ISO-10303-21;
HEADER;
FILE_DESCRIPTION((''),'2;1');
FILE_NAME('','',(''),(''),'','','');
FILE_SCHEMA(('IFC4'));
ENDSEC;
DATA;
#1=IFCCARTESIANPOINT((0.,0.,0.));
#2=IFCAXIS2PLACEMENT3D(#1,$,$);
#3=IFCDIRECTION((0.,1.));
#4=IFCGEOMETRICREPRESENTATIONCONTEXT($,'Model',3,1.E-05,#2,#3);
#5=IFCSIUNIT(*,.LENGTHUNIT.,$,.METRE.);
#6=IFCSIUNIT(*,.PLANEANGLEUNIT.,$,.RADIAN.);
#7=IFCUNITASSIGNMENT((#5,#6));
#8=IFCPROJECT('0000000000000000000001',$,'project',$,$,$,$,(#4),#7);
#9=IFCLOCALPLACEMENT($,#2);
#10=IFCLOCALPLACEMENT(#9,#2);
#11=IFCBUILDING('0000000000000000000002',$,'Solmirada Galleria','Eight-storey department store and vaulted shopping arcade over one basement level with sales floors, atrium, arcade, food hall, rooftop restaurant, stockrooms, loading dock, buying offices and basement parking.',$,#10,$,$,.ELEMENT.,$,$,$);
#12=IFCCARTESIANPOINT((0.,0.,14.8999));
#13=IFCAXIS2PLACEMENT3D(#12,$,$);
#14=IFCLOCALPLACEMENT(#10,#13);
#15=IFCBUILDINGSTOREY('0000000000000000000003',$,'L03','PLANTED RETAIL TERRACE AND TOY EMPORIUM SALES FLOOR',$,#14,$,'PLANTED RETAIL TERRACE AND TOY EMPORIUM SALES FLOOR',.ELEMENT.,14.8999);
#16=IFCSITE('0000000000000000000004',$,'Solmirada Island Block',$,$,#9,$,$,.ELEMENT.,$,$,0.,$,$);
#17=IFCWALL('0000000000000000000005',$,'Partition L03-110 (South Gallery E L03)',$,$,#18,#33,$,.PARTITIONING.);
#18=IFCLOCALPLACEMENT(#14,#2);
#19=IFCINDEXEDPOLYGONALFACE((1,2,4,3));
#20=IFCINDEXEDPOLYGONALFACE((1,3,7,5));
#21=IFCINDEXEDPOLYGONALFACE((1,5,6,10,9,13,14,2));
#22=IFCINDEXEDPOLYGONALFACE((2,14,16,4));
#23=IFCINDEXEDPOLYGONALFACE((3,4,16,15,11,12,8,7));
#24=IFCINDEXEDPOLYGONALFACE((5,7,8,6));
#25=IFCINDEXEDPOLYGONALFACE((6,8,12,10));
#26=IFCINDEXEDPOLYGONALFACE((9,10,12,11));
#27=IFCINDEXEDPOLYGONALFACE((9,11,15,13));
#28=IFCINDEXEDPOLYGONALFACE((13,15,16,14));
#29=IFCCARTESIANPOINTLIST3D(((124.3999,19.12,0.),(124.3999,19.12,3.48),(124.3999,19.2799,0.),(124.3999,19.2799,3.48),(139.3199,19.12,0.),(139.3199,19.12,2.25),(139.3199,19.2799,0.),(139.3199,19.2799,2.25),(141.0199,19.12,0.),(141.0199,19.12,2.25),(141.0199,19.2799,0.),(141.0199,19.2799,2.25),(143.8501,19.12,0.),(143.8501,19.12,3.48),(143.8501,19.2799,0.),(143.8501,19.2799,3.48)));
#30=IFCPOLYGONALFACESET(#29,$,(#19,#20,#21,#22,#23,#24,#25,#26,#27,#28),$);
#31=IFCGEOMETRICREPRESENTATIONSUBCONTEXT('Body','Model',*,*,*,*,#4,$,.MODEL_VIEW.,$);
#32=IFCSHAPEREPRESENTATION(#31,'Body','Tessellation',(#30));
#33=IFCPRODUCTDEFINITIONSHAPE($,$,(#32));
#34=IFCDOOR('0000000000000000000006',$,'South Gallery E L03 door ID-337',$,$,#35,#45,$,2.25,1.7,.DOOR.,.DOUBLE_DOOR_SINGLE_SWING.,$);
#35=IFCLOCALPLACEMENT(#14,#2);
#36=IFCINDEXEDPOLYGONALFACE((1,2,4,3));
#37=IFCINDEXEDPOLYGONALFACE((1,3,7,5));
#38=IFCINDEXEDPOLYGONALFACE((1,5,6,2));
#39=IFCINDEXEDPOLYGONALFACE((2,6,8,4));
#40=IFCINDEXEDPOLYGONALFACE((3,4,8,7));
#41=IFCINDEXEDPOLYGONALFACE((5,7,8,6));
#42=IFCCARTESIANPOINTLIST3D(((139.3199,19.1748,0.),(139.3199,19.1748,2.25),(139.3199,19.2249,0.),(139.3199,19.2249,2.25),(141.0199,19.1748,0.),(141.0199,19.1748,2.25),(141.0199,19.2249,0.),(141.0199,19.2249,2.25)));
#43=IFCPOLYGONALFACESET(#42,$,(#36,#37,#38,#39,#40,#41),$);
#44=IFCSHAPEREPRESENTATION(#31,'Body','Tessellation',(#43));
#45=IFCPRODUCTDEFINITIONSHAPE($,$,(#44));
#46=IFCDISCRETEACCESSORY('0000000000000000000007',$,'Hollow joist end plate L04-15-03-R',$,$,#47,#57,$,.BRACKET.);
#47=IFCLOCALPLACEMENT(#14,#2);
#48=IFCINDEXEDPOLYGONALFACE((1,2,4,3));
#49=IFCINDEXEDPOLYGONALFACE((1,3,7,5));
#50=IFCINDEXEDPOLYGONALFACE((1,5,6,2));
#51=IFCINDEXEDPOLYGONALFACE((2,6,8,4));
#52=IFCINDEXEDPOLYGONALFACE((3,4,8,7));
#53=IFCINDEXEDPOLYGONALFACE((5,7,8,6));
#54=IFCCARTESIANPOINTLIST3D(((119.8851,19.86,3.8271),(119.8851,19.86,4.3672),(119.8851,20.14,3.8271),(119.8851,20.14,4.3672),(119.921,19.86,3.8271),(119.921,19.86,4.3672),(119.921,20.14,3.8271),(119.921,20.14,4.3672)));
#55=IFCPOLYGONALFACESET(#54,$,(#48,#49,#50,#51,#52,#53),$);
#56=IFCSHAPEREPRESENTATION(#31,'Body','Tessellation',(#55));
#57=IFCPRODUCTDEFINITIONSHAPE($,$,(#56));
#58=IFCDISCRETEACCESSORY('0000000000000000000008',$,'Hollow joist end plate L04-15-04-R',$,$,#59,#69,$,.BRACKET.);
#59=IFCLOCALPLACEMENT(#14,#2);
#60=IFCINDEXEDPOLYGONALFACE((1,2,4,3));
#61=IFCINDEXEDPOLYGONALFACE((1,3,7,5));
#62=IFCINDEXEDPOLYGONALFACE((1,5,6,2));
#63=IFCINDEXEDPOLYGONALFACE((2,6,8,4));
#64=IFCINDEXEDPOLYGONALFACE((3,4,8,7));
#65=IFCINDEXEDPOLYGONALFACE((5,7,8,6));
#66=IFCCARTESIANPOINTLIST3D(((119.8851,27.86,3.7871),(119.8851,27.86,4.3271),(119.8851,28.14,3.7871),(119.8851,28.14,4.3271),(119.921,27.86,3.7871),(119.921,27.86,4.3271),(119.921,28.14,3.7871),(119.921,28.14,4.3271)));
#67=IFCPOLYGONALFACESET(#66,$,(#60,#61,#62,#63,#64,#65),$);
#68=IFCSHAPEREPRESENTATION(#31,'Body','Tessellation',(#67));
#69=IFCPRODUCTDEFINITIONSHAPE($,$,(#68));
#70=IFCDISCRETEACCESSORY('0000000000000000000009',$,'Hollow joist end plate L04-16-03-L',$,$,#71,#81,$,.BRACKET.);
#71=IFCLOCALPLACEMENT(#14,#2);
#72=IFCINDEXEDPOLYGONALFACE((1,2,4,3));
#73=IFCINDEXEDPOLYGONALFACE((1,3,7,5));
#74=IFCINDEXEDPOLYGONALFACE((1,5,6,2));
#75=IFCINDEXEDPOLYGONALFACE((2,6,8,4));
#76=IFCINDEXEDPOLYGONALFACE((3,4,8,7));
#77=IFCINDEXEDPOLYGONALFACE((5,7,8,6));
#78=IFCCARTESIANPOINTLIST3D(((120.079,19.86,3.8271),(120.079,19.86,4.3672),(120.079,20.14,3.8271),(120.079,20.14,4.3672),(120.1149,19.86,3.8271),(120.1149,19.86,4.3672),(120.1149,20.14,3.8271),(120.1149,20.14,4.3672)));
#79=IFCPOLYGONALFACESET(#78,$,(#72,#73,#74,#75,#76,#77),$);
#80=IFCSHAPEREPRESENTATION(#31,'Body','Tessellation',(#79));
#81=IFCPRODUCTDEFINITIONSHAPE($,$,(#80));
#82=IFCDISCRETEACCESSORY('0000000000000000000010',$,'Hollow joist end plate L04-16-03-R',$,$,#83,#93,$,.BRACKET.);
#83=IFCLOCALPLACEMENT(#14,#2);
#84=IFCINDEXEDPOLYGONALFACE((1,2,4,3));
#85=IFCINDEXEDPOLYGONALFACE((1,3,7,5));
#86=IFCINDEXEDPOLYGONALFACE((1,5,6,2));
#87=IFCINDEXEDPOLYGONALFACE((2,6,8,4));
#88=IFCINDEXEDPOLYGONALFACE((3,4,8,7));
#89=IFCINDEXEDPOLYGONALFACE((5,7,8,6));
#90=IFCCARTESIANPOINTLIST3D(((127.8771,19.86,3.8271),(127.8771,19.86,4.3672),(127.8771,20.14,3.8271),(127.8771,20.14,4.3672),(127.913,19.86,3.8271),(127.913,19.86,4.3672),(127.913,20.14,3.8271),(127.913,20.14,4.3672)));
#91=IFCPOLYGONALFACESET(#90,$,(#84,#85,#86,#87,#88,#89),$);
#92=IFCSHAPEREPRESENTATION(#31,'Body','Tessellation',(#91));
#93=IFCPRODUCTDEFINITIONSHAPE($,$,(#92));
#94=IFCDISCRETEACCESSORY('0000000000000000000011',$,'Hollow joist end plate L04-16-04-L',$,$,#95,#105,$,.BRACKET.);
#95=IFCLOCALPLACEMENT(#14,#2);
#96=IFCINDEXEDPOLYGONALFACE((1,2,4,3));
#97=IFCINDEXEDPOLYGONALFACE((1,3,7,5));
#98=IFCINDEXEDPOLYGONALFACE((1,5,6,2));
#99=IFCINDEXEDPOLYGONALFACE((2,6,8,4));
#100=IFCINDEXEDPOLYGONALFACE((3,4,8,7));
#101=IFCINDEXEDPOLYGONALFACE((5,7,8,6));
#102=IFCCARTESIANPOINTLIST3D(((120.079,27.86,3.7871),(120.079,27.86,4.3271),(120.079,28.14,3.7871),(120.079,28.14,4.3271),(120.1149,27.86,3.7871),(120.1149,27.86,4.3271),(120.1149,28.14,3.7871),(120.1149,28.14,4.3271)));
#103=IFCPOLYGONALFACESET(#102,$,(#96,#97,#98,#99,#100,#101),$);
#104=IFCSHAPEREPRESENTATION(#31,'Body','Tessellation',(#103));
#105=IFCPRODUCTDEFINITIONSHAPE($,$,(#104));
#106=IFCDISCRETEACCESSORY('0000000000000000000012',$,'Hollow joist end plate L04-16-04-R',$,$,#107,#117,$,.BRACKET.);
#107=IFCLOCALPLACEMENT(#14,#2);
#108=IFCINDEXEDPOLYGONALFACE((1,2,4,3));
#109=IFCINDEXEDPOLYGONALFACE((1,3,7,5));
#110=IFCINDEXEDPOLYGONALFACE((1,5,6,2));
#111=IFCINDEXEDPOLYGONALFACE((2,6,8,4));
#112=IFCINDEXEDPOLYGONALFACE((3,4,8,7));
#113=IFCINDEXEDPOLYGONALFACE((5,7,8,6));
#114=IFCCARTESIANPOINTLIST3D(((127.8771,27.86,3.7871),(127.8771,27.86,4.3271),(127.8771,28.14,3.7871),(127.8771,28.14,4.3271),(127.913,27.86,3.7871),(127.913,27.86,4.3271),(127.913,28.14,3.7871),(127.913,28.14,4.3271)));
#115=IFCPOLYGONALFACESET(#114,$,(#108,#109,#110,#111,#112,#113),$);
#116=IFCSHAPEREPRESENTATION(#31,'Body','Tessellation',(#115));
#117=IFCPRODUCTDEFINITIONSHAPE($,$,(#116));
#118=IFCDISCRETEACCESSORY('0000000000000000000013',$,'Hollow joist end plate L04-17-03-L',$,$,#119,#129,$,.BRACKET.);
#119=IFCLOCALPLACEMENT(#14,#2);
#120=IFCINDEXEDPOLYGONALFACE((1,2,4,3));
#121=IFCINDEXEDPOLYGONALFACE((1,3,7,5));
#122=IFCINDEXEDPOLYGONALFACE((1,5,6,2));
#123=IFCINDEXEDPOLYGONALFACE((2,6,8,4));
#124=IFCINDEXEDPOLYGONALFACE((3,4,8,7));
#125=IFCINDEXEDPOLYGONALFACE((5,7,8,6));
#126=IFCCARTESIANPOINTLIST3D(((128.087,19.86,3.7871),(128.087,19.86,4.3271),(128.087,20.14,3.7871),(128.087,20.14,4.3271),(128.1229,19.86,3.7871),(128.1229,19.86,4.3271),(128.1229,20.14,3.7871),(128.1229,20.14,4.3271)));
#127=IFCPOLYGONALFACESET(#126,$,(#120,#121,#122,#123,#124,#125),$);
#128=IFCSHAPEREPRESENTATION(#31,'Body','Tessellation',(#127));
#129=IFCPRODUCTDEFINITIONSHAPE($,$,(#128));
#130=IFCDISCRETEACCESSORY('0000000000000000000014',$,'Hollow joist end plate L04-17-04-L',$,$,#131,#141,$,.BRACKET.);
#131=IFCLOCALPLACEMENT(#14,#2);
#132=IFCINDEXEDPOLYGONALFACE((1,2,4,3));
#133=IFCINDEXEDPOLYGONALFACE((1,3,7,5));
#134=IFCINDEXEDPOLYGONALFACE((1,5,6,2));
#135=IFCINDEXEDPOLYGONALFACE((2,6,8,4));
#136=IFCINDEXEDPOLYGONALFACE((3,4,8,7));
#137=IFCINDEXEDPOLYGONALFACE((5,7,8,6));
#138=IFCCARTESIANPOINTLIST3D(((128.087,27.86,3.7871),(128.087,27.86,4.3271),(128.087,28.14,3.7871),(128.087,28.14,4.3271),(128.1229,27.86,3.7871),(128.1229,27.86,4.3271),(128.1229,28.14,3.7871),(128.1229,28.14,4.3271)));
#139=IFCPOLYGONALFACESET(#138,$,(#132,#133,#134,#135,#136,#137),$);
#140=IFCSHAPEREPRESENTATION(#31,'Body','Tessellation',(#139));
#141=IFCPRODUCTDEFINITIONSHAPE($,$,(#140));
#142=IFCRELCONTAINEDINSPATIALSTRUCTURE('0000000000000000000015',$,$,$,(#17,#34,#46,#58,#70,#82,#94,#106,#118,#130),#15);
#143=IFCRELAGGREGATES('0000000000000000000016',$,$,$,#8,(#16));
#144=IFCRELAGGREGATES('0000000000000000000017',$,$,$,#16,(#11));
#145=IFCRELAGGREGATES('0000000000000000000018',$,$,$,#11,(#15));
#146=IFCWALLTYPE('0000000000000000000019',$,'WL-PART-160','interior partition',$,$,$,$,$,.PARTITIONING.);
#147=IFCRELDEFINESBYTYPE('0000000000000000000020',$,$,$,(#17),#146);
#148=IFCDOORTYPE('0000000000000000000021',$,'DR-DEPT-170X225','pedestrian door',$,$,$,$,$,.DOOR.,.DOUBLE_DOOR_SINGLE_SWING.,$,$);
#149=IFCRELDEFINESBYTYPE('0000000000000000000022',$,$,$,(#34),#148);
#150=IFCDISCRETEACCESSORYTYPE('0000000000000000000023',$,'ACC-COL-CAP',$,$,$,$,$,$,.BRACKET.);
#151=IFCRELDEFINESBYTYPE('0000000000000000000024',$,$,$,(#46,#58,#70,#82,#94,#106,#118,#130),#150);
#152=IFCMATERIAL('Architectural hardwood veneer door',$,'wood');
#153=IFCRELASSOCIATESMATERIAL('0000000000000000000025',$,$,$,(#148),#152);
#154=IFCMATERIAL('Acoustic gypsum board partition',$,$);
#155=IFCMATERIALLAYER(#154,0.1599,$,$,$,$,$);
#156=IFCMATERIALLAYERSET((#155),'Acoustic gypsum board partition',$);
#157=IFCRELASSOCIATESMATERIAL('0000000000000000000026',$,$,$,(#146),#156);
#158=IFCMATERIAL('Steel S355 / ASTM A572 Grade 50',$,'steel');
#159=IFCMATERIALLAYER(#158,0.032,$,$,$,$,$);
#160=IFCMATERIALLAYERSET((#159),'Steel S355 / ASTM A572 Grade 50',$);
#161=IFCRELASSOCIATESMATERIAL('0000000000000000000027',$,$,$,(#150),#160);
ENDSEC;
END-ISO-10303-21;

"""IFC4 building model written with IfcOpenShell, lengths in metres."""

from ifc_helpers import new_model, si_unit, direction, frame, frame_2d, origin, origin_2d, place, context, subcontext, project, spatial, rectangle, extrude, material, layer, layer_set, type_object, element, fill, save


model = new_model("IFC4")

# Units and contexts
model_context = context("Model", 3, precision=1e-05, world=origin(), true_north=direction((0.0, 1.0)))
body_context = subcontext(model_context, "Body", "Model", "MODEL_VIEW")
ifc_project = project(units=[si_unit("LENGTHUNIT", "METRE"), si_unit("PLANEANGLEUNIT", "RADIAN")], contexts=[model_context])

# Site, building, storey
site_placement = place(None, origin())
site = spatial("IfcSite", under=ifc_project, at=site_placement, Name="Solmirada Island Block", CompositionType="ELEMENT", RefElevation=0.0)
building_placement = place(site_placement, origin())
building = spatial("IfcBuilding", under=site, at=building_placement, Name="Solmirada Galleria", Description="Eight-storey department store and vaulted shopping arcade over one basement level with sales floors, atrium, arcade, food hall, rooftop restaurant, stockrooms, loading dock, buying offices and basement parking.", CompositionType="ELEMENT")
storey_placement = place(building_placement, frame((0.0, 0.0, 14.8999)))
storey = spatial("IfcBuildingStorey", under=building, at=storey_placement, Name="L03", Description="PLANTED RETAIL TERRACE AND TOY EMPORIUM SALES FLOOR", LongName="PLANTED RETAIL TERRACE AND TOY EMPORIUM SALES FLOOR", CompositionType="ELEMENT", Elevation=14.8999)

# Wall, opening, door
ifc_material_1 = material(Name="Acoustic gypsum board partition")
ifc_material_2 = material(Name="Architectural hardwood veneer door", Category="wood")
door_type = type_object("IfcDoorType", Name="DR-DEPT-170X225", Description="pedestrian door", OperationType="DOUBLE_DOOR_SINGLE_SWING", PredefinedType="DOOR", material=ifc_material_2)
ifc_layer_1 = layer(ifc_material_1, 0.1599)
ifc_layer_set_1 = layer_set([ifc_layer_1], Name="Acoustic gypsum board partition")
wall_type_1 = type_object("IfcWallType", Name="WL-PART-160", Description="interior partition", PredefinedType="PARTITIONING", material=ifc_layer_set_1)
wall_1_placement = place(storey_placement, frame((124.3999, 19.2, 0.0), z_axis=(0.0, 0.0, 1.0), x_axis=(1.0, 0.0, 0.0)))
wall_1 = element("IfcWall", 1, at=wall_1_placement, inside=storey, type_object=wall_type_1, Name="Partition L03-110 (South Gallery E L03)", PredefinedType="PARTITIONING", context=body_context, shape_type="SweptSolid", body=[
    extrude(rectangle(XDim=19.4502, YDim=0.1599, at=frame_2d((9.7251, 0.0))), origin(), (0.0, 0.0, 1.0), 3.48),
])
opening_1_placement = place(wall_1_placement, frame((14.9199, 0.0, 0.0)))
opening_1 = element("IfcOpeningElement", 2, at=opening_1_placement, cuts=wall_1, PredefinedType="OPENING", context=body_context, shape_type="SweptSolid", body=[
    extrude(rectangle(XDim=1.7, YDim=2.25, at=frame_2d((0.8501, 1.125))), frame((0.0, 0.0898, 0.0), z_axis=(0.0, -1.0, 0.0), x_axis=(1.0, 0.0, 0.0)), (0.0, 0.0, 1.0), 0.1799),
])
door_1_placement = place(opening_1_placement, origin())
door_1 = element("IfcDoor", 3, at=door_1_placement, inside=storey, type_object=door_type, Name="South Gallery E L03 door ID-337", OperationType="DOUBLE_DOOR_SINGLE_SWING", OverallHeight=2.25, OverallWidth=1.7, PredefinedType="DOOR", context=body_context, shape_type="SweptSolid", body=[
    extrude(rectangle(XDim=1.7, YDim=2.25, at=frame_2d((0.8501, 1.125))), frame((0.0, 0.0249, 0.0), z_axis=(0.0, -1.0, 0.0), x_axis=(1.0, 0.0, 0.0)), (0.0, 0.0, 1.0), 0.05),
])
fill(opening_1, door_1)

# Discrete accessories
ifc_material_3 = material(Name="Steel S355 / ASTM A572 Grade 50", Category="steel")
ifc_layer_2 = layer(ifc_material_3, 0.032)
ifc_layer_set_2 = layer_set([ifc_layer_2], Name="Steel S355 / ASTM A572 Grade 50")
discrete_accessory_type = type_object("IfcDiscreteAccessoryType", Name="ACC-COL-CAP", PredefinedType="BRACKET", material=ifc_layer_set_2)
for number, where, z_axis, x_axis, name in (
    (4, (119.9031, 20.0, 3.8271), (0.0, 0.0, 1.0), (1.0, 0.0, 0.0), "Hollow joist end plate L04-15-03-R"),
    (5, (119.9031, 28.0, 3.7871), (0.0, 0.0, 1.0), (1.0, 0.0, 0.0), "Hollow joist end plate L04-15-04-R"),
    (6, (120.0969, 20.0, 3.8271), (0.0, 0.0, 1.0), (1.0, 0.0, 0.0), "Hollow joist end plate L04-16-03-L"),
    (7, (127.895, 20.0, 3.8271), (0.0, 0.0, 1.0), (1.0, 0.0, 0.0), "Hollow joist end plate L04-16-03-R"),
    (8, (120.0969, 28.0, 3.7871), (0.0, 0.0, 1.0), (1.0, 0.0, 0.0), "Hollow joist end plate L04-16-04-L"),
    (9, (127.895, 28.0, 3.7871), (0.0, 0.0, 1.0), (1.0, 0.0, 0.0), "Hollow joist end plate L04-16-04-R"),
    (10, (128.105, 20.0, 3.7871), (0.0, 0.0, 1.0), (1.0, 0.0, 0.0), "Hollow joist end plate L04-17-03-L"),
    (11, (128.105, 28.0, 3.7871), (0.0, 0.0, 1.0), (1.0, 0.0, 0.0), "Hollow joist end plate L04-17-04-L"),
):
    element("IfcDiscreteAccessory", number, at=place(storey_placement, frame(where, z_axis=z_axis, x_axis=x_axis)), inside=storey, type_object=discrete_accessory_type, Name=name, PredefinedType="BRACKET", context=body_context, shape_type="SweptSolid", body=[
        extrude(rectangle(XDim=0.0359, YDim=0.28, at=origin_2d()), origin(), (0.0, 0.0, 1.0), 0.54),
    ])

save(model, "model.ifc")
